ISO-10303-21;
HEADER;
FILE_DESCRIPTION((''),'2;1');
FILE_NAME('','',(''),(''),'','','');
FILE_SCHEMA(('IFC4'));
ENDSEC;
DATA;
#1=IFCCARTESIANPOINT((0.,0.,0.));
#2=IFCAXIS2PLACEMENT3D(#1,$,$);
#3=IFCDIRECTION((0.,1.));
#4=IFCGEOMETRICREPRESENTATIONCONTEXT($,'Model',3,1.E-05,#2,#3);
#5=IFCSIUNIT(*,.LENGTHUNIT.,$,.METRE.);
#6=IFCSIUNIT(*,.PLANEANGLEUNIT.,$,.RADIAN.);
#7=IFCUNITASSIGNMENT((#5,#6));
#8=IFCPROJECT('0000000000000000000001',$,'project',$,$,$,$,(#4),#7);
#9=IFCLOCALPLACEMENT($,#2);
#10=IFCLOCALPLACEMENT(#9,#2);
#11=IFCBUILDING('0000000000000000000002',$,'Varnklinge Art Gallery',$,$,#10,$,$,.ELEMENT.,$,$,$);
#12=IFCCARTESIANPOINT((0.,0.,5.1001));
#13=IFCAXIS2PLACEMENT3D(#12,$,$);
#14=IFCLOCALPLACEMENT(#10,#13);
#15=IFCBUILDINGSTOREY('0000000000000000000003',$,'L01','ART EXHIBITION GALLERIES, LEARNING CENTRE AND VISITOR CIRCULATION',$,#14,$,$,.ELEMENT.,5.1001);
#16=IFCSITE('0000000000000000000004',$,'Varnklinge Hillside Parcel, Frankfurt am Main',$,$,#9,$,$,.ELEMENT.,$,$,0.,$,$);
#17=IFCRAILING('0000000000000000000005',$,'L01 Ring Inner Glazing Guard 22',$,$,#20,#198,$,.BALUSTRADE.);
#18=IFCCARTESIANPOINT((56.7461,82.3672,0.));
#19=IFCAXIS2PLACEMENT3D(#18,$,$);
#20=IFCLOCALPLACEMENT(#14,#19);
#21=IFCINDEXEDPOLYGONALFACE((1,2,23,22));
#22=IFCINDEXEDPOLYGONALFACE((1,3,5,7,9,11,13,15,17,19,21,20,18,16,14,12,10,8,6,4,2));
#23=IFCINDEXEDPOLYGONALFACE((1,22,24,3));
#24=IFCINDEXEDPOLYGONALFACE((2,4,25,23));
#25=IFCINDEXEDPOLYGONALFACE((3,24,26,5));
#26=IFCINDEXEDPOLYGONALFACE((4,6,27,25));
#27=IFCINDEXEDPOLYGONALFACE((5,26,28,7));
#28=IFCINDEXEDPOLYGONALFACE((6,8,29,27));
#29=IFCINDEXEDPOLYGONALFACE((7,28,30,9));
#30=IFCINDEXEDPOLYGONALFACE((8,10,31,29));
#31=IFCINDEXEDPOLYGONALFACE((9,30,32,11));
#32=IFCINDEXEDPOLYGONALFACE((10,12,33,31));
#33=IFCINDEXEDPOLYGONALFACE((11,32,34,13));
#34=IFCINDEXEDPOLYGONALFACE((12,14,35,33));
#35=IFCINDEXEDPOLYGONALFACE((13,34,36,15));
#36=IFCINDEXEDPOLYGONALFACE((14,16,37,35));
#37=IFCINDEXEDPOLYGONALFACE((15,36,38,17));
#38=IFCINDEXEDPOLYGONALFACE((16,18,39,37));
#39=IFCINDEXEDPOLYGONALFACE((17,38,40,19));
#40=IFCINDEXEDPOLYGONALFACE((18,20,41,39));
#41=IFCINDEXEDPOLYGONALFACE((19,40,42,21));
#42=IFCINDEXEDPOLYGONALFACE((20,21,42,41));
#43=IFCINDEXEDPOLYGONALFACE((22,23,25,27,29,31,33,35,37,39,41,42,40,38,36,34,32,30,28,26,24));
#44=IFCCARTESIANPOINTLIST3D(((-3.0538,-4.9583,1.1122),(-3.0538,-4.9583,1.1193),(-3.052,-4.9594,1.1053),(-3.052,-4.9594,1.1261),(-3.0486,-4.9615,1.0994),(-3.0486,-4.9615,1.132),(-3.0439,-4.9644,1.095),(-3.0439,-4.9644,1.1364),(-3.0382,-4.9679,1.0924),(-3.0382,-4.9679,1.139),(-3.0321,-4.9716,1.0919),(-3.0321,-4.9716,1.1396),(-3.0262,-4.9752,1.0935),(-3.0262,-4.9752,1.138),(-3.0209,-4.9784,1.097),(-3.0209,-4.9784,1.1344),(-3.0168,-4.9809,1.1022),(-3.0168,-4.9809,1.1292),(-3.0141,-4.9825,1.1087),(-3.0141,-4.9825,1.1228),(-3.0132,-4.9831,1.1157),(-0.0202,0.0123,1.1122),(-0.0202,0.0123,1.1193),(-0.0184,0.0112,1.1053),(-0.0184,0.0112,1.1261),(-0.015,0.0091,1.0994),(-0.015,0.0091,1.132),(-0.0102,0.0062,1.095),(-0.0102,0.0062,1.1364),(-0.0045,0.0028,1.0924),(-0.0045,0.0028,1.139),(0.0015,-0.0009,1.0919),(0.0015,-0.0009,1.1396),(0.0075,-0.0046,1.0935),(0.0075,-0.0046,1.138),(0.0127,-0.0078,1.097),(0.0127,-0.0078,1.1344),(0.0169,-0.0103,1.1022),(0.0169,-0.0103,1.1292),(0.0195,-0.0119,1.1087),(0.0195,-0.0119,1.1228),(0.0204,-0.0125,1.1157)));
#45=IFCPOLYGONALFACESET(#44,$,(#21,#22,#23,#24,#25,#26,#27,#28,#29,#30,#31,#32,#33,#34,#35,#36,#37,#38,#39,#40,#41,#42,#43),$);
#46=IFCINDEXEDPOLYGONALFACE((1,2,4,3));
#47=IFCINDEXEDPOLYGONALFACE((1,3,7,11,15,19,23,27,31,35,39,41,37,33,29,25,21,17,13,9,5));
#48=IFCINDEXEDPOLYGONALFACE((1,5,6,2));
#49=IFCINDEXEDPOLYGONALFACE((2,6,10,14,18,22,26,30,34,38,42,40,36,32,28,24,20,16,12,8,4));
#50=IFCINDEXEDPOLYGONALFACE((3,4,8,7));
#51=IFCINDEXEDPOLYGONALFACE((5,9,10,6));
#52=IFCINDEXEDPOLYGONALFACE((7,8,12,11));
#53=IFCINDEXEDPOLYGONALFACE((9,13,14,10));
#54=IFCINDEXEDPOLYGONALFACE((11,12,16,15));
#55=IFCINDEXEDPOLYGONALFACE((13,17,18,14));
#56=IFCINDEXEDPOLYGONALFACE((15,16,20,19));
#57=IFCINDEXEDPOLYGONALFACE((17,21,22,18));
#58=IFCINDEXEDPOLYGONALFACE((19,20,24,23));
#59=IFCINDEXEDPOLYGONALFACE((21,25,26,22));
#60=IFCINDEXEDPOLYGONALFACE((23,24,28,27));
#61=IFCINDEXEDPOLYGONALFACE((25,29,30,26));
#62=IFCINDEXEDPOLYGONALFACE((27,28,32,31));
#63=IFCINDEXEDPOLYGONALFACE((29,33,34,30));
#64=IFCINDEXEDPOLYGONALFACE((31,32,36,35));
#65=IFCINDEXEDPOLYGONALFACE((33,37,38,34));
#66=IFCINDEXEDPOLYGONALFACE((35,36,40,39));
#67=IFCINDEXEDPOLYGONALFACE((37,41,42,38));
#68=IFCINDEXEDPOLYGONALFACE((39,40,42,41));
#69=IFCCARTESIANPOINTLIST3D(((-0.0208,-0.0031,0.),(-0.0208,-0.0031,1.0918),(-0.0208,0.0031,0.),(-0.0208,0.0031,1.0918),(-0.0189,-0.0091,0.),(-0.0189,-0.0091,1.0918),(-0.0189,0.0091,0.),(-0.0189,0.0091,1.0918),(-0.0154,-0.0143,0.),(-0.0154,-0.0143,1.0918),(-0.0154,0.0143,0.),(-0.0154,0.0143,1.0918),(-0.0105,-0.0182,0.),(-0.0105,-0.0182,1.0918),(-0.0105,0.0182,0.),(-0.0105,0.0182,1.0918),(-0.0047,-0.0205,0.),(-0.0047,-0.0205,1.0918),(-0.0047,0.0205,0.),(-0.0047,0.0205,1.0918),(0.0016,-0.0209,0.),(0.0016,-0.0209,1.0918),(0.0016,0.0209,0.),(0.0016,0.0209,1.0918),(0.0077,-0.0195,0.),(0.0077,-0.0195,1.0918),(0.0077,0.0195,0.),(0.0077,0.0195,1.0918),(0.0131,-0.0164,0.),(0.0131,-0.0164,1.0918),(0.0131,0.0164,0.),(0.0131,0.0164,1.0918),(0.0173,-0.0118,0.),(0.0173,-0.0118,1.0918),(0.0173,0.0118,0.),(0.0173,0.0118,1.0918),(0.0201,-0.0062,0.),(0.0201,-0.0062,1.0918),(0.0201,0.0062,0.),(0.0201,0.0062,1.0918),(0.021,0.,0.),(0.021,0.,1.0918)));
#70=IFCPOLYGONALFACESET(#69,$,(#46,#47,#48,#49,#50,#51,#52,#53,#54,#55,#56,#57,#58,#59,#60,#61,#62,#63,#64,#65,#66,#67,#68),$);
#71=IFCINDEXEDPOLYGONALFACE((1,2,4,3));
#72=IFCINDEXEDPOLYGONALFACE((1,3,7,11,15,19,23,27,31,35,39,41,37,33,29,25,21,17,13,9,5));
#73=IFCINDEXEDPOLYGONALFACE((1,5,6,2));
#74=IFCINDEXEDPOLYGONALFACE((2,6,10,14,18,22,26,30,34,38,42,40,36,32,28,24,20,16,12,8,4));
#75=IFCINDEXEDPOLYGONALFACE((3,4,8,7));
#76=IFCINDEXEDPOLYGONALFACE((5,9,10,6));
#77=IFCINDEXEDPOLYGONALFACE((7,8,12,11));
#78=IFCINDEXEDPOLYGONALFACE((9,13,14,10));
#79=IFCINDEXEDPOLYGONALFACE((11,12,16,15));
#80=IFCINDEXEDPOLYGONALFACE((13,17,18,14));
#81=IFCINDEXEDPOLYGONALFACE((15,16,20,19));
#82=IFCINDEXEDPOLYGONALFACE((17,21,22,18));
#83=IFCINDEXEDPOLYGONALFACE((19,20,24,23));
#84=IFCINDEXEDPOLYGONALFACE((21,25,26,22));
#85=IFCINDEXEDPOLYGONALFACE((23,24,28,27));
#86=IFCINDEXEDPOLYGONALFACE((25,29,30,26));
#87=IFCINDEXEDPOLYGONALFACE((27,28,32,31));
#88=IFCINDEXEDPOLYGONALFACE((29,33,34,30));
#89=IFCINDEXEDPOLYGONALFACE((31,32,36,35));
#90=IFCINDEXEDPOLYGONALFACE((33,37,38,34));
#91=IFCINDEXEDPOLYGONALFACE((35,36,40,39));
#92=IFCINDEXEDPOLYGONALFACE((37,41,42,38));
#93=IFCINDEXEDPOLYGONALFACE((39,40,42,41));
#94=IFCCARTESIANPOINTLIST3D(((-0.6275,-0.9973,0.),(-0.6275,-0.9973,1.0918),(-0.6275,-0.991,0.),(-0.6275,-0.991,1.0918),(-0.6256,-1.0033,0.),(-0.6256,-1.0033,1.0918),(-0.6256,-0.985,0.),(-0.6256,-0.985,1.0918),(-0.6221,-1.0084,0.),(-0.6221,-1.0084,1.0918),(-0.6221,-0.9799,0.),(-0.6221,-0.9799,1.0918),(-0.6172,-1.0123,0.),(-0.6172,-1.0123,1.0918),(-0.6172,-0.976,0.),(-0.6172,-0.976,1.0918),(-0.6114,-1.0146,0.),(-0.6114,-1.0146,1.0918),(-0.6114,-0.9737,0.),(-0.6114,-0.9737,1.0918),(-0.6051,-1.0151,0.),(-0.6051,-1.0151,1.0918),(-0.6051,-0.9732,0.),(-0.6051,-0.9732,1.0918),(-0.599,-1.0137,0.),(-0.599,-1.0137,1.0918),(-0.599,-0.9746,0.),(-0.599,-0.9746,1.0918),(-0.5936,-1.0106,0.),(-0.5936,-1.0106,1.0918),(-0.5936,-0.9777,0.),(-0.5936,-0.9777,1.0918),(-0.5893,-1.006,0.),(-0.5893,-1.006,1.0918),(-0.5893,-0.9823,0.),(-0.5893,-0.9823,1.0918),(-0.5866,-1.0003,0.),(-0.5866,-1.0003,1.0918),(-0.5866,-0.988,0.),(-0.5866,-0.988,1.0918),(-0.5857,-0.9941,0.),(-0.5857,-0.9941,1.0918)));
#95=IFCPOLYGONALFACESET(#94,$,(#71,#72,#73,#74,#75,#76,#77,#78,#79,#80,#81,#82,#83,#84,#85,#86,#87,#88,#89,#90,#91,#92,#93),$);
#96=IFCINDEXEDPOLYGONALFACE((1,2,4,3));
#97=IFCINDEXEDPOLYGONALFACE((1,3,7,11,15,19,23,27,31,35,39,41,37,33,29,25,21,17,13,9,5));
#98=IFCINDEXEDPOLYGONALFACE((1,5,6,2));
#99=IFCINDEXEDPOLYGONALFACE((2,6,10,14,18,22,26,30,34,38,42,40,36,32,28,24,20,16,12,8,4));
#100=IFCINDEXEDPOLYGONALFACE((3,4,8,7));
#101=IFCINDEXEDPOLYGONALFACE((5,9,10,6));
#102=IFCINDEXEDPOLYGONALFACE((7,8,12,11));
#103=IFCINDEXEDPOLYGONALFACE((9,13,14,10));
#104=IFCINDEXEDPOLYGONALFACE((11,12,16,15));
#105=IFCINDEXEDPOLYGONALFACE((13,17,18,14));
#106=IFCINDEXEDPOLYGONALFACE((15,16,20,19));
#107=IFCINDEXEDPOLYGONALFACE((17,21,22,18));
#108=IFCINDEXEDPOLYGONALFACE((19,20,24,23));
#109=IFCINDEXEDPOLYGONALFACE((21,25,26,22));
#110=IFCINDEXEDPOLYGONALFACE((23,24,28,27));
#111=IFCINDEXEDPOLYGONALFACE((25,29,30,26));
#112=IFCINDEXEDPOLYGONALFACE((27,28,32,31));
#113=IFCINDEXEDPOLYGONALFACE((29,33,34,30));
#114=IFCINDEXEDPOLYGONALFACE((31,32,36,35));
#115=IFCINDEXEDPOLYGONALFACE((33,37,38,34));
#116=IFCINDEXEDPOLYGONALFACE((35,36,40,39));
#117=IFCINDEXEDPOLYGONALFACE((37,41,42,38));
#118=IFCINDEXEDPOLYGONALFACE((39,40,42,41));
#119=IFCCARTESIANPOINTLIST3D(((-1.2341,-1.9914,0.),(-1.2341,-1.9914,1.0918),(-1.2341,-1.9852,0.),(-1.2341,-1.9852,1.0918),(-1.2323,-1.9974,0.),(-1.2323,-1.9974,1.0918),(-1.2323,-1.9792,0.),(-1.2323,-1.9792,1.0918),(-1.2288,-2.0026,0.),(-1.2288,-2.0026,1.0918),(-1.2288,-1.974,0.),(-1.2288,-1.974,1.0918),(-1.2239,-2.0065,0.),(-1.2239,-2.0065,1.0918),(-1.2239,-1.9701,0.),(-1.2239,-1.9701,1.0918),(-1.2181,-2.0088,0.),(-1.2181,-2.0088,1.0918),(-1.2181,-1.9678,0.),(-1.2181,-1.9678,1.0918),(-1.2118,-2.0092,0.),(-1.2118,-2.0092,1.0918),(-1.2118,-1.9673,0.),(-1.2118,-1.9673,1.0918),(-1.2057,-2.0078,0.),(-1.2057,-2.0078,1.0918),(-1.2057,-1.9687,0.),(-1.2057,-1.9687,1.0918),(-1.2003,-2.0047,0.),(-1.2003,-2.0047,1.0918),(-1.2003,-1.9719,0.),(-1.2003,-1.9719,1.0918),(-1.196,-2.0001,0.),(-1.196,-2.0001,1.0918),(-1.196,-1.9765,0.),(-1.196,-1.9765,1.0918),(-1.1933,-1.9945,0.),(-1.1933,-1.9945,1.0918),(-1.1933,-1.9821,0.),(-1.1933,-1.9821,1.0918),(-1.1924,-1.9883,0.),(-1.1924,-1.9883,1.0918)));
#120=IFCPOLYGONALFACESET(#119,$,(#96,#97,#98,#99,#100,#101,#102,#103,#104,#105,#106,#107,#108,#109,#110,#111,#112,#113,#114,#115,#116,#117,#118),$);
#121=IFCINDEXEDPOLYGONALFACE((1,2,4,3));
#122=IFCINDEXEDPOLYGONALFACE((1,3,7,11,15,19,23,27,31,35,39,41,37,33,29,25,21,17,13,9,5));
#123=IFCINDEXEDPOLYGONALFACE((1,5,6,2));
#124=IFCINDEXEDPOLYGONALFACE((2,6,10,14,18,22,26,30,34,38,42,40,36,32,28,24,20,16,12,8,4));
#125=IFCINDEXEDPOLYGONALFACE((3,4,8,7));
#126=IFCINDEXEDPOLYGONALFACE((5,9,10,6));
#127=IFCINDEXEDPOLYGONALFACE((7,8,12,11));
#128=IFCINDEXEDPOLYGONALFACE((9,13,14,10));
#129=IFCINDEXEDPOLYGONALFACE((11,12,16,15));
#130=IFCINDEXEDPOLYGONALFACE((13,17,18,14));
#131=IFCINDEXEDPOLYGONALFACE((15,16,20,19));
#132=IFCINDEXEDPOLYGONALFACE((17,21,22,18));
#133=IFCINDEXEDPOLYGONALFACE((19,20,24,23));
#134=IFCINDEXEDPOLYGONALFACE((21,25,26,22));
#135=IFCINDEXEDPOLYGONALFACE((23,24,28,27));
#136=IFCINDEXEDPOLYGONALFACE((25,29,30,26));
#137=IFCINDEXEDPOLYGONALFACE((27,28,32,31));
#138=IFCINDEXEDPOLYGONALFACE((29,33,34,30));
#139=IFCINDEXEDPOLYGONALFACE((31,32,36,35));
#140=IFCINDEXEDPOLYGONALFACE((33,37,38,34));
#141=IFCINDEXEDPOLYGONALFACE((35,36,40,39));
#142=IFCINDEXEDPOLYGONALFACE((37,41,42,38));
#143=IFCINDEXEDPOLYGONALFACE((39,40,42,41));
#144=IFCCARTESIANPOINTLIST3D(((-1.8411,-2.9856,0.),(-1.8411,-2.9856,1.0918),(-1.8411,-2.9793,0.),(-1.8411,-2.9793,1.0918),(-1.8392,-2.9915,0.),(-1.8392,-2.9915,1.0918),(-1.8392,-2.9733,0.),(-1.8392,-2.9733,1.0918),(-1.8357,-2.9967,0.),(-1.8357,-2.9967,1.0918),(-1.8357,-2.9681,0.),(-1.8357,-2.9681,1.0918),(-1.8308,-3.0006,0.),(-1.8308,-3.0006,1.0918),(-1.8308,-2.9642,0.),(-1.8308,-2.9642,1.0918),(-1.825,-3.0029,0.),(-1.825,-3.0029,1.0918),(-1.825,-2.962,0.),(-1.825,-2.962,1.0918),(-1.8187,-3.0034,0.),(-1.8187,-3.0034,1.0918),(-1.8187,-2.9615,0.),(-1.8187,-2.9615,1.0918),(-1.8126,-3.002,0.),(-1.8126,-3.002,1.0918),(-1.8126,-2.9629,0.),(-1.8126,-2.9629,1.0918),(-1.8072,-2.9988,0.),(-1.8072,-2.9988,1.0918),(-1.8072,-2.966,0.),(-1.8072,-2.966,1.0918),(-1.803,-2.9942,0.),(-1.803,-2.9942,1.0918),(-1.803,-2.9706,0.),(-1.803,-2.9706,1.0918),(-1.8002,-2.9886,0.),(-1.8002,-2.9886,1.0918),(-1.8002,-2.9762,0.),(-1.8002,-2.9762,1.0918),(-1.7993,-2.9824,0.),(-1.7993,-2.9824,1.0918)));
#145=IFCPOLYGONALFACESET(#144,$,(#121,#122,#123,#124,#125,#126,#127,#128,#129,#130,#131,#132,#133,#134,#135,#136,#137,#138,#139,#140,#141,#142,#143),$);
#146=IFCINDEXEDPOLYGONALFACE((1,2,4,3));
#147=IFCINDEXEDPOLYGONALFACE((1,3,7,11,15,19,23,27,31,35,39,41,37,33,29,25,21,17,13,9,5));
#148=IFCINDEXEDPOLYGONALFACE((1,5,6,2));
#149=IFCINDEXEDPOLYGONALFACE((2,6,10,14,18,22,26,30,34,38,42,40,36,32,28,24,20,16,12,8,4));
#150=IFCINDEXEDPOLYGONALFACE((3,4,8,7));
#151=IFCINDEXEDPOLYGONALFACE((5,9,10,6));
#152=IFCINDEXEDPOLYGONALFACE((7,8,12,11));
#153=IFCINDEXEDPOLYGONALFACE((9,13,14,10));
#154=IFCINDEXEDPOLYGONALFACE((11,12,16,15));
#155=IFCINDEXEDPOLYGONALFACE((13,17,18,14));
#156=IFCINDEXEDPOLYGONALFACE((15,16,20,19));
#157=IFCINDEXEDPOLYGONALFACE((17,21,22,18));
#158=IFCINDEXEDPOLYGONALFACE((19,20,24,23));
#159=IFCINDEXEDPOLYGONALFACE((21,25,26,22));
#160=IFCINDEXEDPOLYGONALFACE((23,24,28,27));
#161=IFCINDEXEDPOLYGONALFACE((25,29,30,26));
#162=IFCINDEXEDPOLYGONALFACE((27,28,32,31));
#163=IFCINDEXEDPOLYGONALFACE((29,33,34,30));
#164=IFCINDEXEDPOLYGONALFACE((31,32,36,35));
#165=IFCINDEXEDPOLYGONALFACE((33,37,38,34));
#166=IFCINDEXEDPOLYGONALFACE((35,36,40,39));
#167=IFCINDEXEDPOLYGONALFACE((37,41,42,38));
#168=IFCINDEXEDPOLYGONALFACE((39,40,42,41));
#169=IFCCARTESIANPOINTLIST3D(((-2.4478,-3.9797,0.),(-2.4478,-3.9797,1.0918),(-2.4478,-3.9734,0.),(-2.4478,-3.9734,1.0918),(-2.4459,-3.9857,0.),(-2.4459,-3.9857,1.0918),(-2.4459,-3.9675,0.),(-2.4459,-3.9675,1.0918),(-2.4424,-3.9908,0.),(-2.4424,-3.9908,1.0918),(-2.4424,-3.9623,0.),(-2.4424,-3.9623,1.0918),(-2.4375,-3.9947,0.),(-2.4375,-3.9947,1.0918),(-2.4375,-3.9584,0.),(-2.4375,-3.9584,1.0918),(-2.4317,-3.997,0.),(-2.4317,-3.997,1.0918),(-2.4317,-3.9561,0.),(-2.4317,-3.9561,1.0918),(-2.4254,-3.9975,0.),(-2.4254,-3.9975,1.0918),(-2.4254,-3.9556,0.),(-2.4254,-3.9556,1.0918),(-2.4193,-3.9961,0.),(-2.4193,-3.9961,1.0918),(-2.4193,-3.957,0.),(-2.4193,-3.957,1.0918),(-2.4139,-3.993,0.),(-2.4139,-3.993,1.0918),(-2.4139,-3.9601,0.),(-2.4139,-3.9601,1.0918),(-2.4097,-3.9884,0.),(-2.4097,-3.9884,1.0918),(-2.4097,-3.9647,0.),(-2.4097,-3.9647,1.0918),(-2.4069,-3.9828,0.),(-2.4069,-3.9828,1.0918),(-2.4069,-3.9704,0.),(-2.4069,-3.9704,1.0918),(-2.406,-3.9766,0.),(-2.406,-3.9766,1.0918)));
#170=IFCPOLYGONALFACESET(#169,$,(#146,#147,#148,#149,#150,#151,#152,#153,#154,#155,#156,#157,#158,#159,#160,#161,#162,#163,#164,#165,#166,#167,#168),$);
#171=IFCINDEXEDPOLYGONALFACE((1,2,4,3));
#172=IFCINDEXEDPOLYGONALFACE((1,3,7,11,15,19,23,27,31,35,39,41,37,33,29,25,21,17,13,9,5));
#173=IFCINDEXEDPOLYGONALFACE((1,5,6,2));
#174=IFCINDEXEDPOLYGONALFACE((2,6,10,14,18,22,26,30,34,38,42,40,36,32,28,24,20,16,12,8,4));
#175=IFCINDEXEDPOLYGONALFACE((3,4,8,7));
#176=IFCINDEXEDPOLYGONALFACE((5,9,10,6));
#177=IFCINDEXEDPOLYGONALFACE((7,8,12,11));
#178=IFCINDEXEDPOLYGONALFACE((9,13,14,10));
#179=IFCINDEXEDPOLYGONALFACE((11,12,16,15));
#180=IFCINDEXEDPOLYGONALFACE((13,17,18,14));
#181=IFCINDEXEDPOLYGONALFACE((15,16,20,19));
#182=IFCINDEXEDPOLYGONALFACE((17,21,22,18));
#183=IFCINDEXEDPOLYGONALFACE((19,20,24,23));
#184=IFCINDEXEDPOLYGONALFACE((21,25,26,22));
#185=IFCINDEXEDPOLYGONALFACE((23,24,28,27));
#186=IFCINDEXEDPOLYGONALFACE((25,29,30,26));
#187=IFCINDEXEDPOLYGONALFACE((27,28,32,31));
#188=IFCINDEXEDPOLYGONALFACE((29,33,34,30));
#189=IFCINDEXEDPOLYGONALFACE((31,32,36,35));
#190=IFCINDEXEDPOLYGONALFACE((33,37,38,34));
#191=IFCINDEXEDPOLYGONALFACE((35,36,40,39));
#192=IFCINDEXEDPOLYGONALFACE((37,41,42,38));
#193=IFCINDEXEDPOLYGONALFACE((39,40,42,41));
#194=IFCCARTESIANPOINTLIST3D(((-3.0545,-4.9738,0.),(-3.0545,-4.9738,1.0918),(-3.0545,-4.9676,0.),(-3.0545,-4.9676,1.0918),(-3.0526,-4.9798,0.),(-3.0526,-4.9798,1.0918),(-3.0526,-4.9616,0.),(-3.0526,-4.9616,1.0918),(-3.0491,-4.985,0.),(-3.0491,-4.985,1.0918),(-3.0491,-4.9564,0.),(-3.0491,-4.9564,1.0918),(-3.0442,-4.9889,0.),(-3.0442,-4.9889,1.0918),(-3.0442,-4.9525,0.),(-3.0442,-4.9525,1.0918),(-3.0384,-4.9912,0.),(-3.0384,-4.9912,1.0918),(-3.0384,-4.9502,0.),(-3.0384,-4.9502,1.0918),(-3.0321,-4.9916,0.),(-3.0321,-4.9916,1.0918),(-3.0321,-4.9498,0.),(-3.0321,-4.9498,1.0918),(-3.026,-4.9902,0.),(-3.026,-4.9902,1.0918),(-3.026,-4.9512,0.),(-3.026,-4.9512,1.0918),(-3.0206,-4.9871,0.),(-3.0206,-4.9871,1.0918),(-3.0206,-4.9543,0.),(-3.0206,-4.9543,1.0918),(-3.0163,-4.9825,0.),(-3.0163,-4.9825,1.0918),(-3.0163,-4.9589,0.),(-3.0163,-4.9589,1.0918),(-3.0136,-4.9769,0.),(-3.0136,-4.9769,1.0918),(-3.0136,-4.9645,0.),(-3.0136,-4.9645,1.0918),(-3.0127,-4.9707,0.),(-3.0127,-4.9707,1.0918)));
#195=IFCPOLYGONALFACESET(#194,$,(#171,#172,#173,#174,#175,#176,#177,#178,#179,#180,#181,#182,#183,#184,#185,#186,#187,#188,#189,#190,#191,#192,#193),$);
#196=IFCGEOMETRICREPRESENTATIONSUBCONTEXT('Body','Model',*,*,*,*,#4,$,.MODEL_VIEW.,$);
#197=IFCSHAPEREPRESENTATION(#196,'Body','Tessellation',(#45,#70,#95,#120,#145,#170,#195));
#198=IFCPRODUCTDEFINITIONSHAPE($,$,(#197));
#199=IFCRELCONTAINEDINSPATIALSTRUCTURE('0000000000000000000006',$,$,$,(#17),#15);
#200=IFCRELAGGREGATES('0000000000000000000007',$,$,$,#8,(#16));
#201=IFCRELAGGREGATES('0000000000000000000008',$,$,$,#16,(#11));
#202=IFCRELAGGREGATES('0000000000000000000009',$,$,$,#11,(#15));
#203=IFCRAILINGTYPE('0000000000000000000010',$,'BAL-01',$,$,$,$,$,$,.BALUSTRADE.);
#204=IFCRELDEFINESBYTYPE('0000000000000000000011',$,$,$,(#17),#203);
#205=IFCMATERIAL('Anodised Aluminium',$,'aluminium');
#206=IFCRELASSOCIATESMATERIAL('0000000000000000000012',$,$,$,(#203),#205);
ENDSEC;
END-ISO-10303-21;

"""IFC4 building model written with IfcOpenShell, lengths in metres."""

from ifc_helpers import new_model, si_unit, direction, frame, origin, origin_2d, place, context, subcontext, project, spatial, circle, extrude, material, type_object, element, save


model = new_model("IFC4")

# Units and contexts
model_context = context("Model", 3, precision=1e-05, world=origin(), true_north=direction((0.0, 1.0)))
body_context = subcontext(model_context, "Body", "Model", "MODEL_VIEW")
ifc_project = project(units=[si_unit("LENGTHUNIT", "METRE"), si_unit("PLANEANGLEUNIT", "RADIAN")], contexts=[model_context])

# Site, building, storey
site_placement = place(None, origin())
site = spatial("IfcSite", under=ifc_project, at=site_placement, Name="Varnklinge Hillside Parcel, Frankfurt am Main", CompositionType="ELEMENT", RefElevation=0.0)
building_placement = place(site_placement, origin())
building = spatial("IfcBuilding", under=site, at=building_placement, Name="Varnklinge Art Gallery", CompositionType="ELEMENT")
storey_placement = place(building_placement, frame((0.0, 0.0, 5.1001)))
storey = spatial("IfcBuildingStorey", under=building, at=storey_placement, Name="L01", Description="ART EXHIBITION GALLERIES, LEARNING CENTRE AND VISITOR CIRCULATION", CompositionType="ELEMENT", Elevation=5.1001)

# Railing
ifc_material_1 = material(Name="Anodised Aluminium", Category="aluminium")
railing_type = type_object("IfcRailingType", Name="BAL-01", PredefinedType="BALUSTRADE", material=ifc_material_1)
railing_placement = place(storey_placement, frame((56.7461, 82.3672, 0.0)))
element("IfcRailing", 1, at=railing_placement, inside=storey, type_object=railing_type, Name="L01 Ring Inner Glazing Guard 22", PredefinedType="BALUSTRADE", context=body_context, shape_type="SweptSolid", body=[
    extrude(circle(Radius=0.0239, at=origin_2d()), frame((0.0, 0.0, 1.1157), z_axis=(-0.520955, -0.853584, 0.0), x_axis=(0.853584, -0.520955, 0.0)), (0.0, 0.0, 1.0), 5.8232),
    extrude(circle(Radius=0.021, at=origin_2d()), origin(), (0.0, 0.0, 1.0), 1.0918),
    extrude(circle(Radius=0.021, at=origin_2d()), frame((-0.6067, -0.9941, 0.0)), (0.0, 0.0, 1.0), 1.0918),
    extrude(circle(Radius=0.021, at=origin_2d()), frame((-1.2134, -1.9883, 0.0)), (0.0, 0.0, 1.0), 1.0918),
    extrude(circle(Radius=0.021, at=origin_2d()), frame((-1.8203, -2.9824, 0.0)), (0.0, 0.0, 1.0), 1.0918),
    extrude(circle(Radius=0.021, at=origin_2d()), frame((-2.427, -3.9766, 0.0)), (0.0, 0.0, 1.0), 1.0918),
    extrude(circle(Radius=0.021, at=origin_2d()), frame((-3.0337, -4.9707, 0.0)), (0.0, 0.0, 1.0), 1.0918),
])

save(model, "model.ifc")
